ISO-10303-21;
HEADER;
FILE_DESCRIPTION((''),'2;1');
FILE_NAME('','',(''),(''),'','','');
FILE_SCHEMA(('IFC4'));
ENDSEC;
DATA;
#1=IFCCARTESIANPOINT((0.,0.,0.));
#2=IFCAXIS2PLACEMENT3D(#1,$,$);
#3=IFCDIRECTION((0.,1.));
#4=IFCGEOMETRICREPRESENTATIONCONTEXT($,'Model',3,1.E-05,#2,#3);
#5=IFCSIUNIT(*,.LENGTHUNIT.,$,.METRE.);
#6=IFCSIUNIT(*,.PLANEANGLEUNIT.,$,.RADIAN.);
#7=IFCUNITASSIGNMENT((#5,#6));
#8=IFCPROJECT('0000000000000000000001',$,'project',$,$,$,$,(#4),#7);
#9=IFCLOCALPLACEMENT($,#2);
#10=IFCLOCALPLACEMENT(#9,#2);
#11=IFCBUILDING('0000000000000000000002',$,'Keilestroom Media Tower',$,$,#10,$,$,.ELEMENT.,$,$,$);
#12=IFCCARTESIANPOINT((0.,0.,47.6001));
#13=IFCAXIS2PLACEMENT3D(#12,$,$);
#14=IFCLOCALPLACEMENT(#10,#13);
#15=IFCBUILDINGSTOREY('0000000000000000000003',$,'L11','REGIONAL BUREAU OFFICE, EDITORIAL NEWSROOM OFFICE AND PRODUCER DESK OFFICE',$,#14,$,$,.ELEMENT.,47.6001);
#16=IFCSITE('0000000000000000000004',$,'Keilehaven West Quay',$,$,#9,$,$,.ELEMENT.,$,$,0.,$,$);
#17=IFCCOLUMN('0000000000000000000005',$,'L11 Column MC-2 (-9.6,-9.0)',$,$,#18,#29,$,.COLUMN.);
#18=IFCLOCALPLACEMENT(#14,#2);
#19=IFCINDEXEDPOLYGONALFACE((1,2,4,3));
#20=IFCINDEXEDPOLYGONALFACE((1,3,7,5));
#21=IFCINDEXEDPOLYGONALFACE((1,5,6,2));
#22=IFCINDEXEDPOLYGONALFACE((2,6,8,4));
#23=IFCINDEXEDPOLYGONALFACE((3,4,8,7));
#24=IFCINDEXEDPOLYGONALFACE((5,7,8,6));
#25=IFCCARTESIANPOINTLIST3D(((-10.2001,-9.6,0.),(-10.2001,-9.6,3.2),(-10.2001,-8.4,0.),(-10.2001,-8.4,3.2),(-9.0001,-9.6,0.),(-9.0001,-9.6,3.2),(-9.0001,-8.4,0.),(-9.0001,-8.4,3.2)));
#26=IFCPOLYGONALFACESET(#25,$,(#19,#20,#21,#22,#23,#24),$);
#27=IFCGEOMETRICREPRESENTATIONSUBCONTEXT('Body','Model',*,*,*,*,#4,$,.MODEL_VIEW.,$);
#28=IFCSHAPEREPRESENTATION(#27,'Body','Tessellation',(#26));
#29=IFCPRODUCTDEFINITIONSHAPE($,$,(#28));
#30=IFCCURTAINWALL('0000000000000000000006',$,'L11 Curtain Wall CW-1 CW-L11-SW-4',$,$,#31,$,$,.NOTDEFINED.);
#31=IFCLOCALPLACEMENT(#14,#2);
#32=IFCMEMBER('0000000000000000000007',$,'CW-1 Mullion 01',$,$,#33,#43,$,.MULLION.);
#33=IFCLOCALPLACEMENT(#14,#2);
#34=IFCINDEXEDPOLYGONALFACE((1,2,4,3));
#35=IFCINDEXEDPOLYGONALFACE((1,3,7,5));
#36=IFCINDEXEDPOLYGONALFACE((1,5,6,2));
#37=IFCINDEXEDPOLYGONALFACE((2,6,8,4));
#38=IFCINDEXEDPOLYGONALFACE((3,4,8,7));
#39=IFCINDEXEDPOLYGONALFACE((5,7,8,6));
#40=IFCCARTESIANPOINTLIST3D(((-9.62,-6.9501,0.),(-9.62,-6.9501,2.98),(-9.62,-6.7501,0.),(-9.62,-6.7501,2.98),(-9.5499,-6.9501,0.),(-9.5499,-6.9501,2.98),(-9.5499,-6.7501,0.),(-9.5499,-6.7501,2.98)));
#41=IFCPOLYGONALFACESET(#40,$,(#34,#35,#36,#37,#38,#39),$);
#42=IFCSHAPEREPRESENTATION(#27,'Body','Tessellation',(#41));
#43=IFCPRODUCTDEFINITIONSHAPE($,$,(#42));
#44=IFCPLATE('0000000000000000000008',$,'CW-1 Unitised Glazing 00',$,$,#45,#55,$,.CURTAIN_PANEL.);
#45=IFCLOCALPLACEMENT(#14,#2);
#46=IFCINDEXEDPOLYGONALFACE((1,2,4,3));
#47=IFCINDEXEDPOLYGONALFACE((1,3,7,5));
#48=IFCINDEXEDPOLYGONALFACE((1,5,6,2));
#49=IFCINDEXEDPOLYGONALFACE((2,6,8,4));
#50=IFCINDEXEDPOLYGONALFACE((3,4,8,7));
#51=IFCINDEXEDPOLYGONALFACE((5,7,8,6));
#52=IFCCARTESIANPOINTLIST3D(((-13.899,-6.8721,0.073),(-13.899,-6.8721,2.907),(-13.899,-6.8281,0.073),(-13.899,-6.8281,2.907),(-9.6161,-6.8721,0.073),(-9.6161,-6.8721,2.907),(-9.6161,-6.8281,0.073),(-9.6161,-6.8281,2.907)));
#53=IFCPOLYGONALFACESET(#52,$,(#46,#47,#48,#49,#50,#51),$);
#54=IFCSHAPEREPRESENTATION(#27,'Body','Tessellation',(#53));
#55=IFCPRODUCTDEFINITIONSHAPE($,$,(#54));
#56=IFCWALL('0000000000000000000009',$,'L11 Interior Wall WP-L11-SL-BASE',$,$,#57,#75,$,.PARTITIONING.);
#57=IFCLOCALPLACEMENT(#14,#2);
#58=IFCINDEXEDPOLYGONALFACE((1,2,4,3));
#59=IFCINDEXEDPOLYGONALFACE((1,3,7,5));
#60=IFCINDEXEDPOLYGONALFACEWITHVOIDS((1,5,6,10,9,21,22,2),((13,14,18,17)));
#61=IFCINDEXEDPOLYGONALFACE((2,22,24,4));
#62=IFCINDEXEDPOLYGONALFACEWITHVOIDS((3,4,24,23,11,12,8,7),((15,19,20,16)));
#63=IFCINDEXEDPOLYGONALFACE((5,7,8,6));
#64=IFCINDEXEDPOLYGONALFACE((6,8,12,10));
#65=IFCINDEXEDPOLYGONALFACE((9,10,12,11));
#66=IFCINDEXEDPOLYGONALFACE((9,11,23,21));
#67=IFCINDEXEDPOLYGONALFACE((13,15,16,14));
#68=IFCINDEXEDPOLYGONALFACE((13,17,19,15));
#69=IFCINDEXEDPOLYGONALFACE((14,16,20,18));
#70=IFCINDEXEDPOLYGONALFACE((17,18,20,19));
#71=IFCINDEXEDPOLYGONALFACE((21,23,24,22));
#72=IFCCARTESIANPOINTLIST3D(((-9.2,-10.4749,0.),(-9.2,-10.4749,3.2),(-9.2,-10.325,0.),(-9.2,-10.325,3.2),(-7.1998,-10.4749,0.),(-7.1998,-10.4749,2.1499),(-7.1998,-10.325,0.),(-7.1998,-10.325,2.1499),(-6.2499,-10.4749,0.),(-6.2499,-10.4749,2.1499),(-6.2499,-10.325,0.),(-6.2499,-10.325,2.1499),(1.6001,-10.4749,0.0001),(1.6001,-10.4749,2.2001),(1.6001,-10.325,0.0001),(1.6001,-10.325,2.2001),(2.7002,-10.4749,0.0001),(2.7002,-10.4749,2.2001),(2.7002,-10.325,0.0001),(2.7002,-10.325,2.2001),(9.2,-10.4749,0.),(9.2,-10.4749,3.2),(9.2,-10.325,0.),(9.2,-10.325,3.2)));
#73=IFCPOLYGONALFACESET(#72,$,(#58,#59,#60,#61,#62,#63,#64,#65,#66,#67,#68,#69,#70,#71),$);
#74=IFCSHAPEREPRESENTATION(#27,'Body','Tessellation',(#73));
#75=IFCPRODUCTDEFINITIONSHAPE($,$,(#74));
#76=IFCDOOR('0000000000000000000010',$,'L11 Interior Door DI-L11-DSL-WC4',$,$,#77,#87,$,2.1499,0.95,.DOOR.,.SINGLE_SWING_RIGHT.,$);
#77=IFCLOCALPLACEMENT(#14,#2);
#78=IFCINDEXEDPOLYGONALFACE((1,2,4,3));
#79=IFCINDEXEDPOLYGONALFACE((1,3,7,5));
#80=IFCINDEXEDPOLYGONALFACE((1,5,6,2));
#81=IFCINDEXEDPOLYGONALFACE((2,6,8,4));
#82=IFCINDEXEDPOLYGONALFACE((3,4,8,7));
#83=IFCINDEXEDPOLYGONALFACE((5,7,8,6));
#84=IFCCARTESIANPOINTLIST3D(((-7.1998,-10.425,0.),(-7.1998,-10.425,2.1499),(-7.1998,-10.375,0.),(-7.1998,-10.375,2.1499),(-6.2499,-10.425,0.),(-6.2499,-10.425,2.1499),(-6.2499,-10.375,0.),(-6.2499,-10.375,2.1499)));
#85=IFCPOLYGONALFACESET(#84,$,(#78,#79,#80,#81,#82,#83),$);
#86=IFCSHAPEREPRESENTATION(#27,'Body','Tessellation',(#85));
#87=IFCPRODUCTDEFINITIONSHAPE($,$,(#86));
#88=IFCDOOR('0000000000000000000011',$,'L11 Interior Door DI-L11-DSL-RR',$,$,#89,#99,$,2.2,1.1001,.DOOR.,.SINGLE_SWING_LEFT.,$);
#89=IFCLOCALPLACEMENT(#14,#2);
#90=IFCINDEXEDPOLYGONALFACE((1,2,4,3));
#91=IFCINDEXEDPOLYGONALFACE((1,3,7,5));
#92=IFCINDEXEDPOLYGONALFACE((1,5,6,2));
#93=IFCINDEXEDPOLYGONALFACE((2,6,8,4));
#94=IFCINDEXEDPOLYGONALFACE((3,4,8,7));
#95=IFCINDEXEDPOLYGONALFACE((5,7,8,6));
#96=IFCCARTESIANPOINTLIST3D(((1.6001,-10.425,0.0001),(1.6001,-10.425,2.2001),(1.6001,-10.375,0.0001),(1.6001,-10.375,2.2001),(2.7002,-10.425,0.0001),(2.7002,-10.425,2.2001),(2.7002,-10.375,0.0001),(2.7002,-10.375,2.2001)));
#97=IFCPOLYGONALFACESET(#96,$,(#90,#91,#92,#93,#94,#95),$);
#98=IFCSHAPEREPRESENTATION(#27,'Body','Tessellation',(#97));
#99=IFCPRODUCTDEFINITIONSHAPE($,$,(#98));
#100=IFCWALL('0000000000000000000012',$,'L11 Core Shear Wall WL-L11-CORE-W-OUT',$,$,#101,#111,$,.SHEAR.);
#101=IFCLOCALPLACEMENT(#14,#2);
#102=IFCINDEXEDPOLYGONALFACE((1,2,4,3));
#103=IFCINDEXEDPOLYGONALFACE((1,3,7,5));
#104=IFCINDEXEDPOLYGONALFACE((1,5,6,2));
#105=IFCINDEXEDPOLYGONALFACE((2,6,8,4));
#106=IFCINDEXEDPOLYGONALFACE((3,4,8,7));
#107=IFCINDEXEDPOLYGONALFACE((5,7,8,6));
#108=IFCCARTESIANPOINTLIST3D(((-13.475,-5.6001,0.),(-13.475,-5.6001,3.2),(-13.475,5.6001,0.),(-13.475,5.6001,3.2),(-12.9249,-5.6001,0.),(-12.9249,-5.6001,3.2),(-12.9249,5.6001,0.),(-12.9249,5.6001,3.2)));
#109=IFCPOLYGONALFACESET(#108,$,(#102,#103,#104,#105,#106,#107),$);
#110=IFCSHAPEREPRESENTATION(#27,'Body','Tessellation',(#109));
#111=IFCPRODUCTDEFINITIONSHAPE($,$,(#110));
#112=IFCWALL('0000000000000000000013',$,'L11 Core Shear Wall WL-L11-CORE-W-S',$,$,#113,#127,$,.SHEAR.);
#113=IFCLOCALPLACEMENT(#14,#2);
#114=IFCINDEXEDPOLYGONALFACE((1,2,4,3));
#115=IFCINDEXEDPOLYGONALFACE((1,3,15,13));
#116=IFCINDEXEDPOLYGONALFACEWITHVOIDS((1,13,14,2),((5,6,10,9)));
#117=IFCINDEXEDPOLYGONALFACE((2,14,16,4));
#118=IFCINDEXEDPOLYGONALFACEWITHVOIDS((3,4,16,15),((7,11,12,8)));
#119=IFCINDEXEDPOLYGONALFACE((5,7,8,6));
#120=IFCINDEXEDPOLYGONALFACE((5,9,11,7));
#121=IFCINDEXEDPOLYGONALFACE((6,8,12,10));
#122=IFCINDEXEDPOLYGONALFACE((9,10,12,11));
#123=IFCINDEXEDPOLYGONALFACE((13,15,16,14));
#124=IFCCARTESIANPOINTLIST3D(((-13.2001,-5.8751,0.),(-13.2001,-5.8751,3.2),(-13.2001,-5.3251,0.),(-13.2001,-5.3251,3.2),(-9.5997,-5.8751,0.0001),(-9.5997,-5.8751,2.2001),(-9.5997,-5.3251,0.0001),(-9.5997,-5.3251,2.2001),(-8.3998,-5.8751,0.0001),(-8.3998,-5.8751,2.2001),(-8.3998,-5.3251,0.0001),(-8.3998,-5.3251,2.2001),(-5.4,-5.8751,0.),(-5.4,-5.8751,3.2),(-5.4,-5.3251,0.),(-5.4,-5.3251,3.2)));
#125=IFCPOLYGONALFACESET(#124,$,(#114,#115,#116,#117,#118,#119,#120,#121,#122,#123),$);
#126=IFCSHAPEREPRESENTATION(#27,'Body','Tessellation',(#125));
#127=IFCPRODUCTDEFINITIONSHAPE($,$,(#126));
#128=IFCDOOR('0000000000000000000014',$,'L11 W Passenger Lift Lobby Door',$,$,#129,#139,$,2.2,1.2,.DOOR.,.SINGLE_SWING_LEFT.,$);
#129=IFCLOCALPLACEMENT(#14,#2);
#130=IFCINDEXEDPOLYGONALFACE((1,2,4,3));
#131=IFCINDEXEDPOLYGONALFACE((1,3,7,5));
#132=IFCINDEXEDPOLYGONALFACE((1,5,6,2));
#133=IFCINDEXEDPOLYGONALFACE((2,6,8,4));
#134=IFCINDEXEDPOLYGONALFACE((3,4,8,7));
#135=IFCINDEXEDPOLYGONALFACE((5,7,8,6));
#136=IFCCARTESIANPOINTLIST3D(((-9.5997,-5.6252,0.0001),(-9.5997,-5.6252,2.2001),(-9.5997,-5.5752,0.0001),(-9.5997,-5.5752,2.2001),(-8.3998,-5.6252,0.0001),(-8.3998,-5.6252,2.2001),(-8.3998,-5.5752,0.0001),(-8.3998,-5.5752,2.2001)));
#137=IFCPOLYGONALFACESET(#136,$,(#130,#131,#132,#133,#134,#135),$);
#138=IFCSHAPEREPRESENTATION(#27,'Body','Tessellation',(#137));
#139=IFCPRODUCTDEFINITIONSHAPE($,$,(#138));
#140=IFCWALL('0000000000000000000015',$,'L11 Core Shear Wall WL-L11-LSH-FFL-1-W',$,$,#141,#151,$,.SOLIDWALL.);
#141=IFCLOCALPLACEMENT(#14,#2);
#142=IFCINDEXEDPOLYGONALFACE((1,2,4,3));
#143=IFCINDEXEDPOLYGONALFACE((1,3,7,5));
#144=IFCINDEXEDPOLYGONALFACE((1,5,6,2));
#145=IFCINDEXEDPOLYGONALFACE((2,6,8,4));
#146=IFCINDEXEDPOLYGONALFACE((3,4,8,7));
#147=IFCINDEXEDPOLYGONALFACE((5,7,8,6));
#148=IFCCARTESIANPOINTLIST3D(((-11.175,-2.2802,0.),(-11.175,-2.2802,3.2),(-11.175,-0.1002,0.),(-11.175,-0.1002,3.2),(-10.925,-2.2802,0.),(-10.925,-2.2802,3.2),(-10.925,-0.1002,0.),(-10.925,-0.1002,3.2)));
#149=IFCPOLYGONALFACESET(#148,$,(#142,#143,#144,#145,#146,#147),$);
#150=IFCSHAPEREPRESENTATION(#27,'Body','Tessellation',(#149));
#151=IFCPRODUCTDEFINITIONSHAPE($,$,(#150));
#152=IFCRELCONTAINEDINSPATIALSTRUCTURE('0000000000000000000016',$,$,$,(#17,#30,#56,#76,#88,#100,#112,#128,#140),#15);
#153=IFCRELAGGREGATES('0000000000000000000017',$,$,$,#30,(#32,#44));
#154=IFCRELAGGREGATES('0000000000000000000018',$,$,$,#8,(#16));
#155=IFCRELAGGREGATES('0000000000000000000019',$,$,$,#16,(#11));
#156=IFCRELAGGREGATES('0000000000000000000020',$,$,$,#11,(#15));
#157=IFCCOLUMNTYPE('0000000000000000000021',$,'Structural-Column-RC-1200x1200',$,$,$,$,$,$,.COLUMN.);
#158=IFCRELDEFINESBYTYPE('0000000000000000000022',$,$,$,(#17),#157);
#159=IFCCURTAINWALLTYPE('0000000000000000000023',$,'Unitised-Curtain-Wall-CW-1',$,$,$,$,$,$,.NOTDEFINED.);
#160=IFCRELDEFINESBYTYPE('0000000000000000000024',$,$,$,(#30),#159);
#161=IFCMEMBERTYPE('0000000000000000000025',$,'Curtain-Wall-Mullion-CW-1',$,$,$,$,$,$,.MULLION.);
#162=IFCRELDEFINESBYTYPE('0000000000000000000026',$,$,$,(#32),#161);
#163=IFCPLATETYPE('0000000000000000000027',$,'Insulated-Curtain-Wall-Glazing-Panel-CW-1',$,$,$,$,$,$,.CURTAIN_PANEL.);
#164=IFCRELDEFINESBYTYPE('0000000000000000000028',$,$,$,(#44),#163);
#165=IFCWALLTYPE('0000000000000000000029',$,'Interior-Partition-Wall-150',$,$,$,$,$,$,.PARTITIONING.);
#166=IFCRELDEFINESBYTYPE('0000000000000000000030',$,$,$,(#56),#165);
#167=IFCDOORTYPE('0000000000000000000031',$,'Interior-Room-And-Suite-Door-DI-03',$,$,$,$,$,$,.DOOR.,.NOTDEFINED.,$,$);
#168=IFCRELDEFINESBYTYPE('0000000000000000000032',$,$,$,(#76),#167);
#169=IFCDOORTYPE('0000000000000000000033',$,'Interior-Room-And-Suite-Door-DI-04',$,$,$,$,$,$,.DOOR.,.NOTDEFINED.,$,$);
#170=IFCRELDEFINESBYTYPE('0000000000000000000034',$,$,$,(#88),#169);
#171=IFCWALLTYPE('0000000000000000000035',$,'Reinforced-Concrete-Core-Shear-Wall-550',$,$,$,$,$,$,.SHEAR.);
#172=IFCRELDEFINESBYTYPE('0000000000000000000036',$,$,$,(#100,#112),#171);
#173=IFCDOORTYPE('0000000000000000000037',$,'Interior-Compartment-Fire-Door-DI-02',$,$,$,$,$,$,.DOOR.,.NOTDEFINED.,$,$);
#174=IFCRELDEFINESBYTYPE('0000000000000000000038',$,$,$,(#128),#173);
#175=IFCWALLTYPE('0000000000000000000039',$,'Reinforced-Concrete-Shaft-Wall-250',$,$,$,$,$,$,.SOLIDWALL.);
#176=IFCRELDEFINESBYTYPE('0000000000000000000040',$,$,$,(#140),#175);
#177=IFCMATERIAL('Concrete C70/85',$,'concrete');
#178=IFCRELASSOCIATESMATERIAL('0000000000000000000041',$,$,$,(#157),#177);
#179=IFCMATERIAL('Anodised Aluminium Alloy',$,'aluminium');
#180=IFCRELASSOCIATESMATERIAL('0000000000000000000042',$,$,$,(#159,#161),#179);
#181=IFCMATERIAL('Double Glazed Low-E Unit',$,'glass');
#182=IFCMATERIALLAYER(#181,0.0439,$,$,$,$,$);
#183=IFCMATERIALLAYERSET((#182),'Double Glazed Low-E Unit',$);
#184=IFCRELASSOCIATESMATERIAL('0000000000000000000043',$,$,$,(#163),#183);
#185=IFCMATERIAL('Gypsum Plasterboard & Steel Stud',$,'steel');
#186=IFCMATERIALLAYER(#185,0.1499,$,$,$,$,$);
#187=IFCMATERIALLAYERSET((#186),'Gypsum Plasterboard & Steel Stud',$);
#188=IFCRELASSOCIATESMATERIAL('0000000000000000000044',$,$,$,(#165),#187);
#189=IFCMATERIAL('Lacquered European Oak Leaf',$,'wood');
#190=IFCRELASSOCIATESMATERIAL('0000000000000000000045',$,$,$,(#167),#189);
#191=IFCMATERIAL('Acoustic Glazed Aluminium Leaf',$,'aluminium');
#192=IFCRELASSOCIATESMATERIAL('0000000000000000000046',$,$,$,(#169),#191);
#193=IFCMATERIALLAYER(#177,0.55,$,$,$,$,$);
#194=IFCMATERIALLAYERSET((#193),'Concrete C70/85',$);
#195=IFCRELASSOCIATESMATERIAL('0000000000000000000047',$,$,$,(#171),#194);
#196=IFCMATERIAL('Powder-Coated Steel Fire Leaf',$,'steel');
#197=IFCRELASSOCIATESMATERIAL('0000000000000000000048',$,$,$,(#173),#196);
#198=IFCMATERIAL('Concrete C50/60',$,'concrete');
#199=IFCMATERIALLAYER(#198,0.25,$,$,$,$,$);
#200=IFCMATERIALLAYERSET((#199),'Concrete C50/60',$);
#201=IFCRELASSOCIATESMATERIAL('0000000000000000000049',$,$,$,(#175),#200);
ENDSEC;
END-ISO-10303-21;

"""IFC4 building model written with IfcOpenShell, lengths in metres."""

from ifc_helpers import new_model, si_unit, direction, frame, frame_2d, origin, origin_2d, place, context, subcontext, project, spatial, rectangle, extrude, source, transform, mapped, material, layer, layer_set, material_profile, profile_set, type_object, element, fill, aggregate, save


model = new_model("IFC4")

# Units and contexts
model_context = context("Model", 3, precision=1e-05, world=origin(), true_north=direction((0.0, 1.0)))
body_context = subcontext(model_context, "Body", "Model", "MODEL_VIEW")
ifc_project = project(units=[si_unit("LENGTHUNIT", "METRE"), si_unit("PLANEANGLEUNIT", "RADIAN")], contexts=[model_context])

# Site, building, storey
site_placement = place(None, origin())
site = spatial("IfcSite", under=ifc_project, at=site_placement, Name="Keilehaven West Quay", CompositionType="ELEMENT", RefElevation=0.0)
building_placement = place(site_placement, origin())
building = spatial("IfcBuilding", under=site, at=building_placement, Name="Keilestroom Media Tower", CompositionType="ELEMENT")
storey_placement = place(building_placement, frame((0.0, 0.0, 47.6001)))
storey = spatial("IfcBuildingStorey", under=building, at=storey_placement, Name="L11", Description="REGIONAL BUREAU OFFICE, EDITORIAL NEWSROOM OFFICE AND PRODUCER DESK OFFICE", CompositionType="ELEMENT", Elevation=47.6001)

# Column
ifc_material_1 = material(Name="Concrete C70/85", Category="concrete")
ifc_material_profile_1 = material_profile(ifc_material_1, rectangle(XDim=1.2, YDim=1.2, at=origin_2d()), Name="RC 1200x1200")
ifc_profile_set_1 = profile_set([ifc_material_profile_1], Name="Concrete C70/85")
column_type = type_object("IfcColumnType", Name="Structural-Column-RC-1200x1200", PredefinedType="COLUMN", material=ifc_profile_set_1)
shared_shape_1 = source(origin(), body_context, "Body", "SweptSolid", [
    extrude(rectangle(XDim=1.2, YDim=1.2, at=origin_2d()), origin(), (0.0, 0.0, 1.0), 3.2),
])
column_placement = place(storey_placement, frame((-9.6001, -9.0, 0.0), z_axis=(0.0, 0.0, 1.0), x_axis=(1.0, 0.0, 0.0)))
element("IfcColumn", 1, at=column_placement, inside=storey, type_object=column_type, Name="L11 Column MC-2 (-9.6,-9.0)", PredefinedType="COLUMN", context=body_context, shape_type="MappedRepresentation", body=[
    mapped(shared_shape_1, transform((0.0, 0.0, 0.0), x_axis=(1.0, 0.0, 0.0), y_axis=(0.0, 1.0, 0.0), z_axis=(0.0, 0.0, 1.0), scale=1.0)),
])

# Curtain wall, member, plate
ifc_material_2 = material(Name="Anodised Aluminium Alloy", Category="aluminium")
curtain_wall_type = type_object("IfcCurtainWallType", Name="Unitised-Curtain-Wall-CW-1", PredefinedType="NOTDEFINED", material=ifc_material_2)
curtain_wall_placement = place(storey_placement, origin())
curtain_wall = element("IfcCurtainWall", 2, at=curtain_wall_placement, inside=storey, type_object=curtain_wall_type, Name="L11 Curtain Wall CW-1 CW-L11-SW-4", PredefinedType="NOTDEFINED")
ifc_material_profile_2 = material_profile(ifc_material_2, rectangle(XDim=0.0701, YDim=0.2, at=origin_2d()), Name="ALU MULLION 70x200")
ifc_profile_set_2 = profile_set([ifc_material_profile_2], Name="Anodised Aluminium Alloy")
member_type = type_object("IfcMemberType", Name="Curtain-Wall-Mullion-CW-1", PredefinedType="MULLION", material=ifc_profile_set_2)
shared_shape_2 = source(origin(), body_context, "Body", "SweptSolid", [
    extrude(rectangle(XDim=0.0701, YDim=0.2, at=origin_2d()), origin(), (0.0, 0.0, 1.0), 2.98),
])
member_placement = place(storey_placement, frame((-9.585, -6.8501, 0.0), z_axis=(0.0, 0.0, 1.0), x_axis=(1.0, 0.0, 0.0)))
member = element("IfcMember", 3, at=member_placement, type_object=member_type, Name="CW-1 Mullion 01", PredefinedType="MULLION", context=body_context, shape_type="MappedRepresentation", body=[
    mapped(shared_shape_2, transform((0.0, 0.0, 0.0), x_axis=(1.0, 0.0, 0.0), y_axis=(0.0, 1.0, 0.0), z_axis=(0.0, 0.0, 1.0), scale=1.0)),
])
ifc_material_3 = material(Name="Double Glazed Low-E Unit", Category="glass")
ifc_layer_1 = layer(ifc_material_3, 0.0439)
ifc_layer_set_1 = layer_set([ifc_layer_1], Name="Double Glazed Low-E Unit")
plate_type = type_object("IfcPlateType", Name="Insulated-Curtain-Wall-Glazing-Panel-CW-1", PredefinedType="CURTAIN_PANEL", material=ifc_layer_set_1)
shared_shape_3 = source(origin(), body_context, "Body", "SweptSolid", [
    extrude(rectangle(XDim=4.283, YDim=0.0439, at=origin_2d()), origin(), (0.0, 0.0, 1.0), 2.834),
])
plate_placement = place(storey_placement, frame((-11.7576, -6.8501, 0.073), z_axis=(0.0, 0.0, 1.0), x_axis=(1.0, 0.0, 0.0)))
plate = element("IfcPlate", 4, at=plate_placement, type_object=plate_type, Name="CW-1 Unitised Glazing 00", PredefinedType="CURTAIN_PANEL", context=body_context, shape_type="MappedRepresentation", body=[
    mapped(shared_shape_3, transform((0.0, 0.0, 0.0), x_axis=(1.0, 0.0, 0.0), y_axis=(0.0, 1.0, 0.0), z_axis=(0.0, 0.0, 1.0), scale=1.0)),
])
aggregate(curtain_wall, [member, plate])

# Wall, openings, doors
ifc_material_4 = material(Name="Gypsum Plasterboard & Steel Stud", Category="steel")
ifc_layer_2 = layer(ifc_material_4, 0.1499)
ifc_layer_set_2 = layer_set([ifc_layer_2], Name="Gypsum Plasterboard & Steel Stud")
wall_type_1 = type_object("IfcWallType", Name="Interior-Partition-Wall-150", PredefinedType="PARTITIONING", material=ifc_layer_set_2)
wall_1_placement = place(storey_placement, frame((-9.2, -10.3999, 0.0), z_axis=(0.0, 0.0, 1.0), x_axis=(1.0, 0.0, 0.0)))
wall_1 = element("IfcWall", 5, at=wall_1_placement, inside=storey, type_object=wall_type_1, Name="L11 Interior Wall WP-L11-SL-BASE", PredefinedType="PARTITIONING", context=body_context, shape_type="SweptSolid", body=[
    extrude(rectangle(XDim=18.3999, YDim=0.1499, at=frame_2d((9.2, 0.0))), origin(), (0.0, 0.0, 1.0), 3.2),
])
opening_1_placement = place(wall_1_placement, frame((2.0, 0.0, 0.0)))
opening_1 = element("IfcOpeningElement", 6, at=opening_1_placement, cuts=wall_1, PredefinedType="OPENING", context=body_context, shape_type="SweptSolid", body=[
    extrude(rectangle(XDim=0.95, YDim=2.1499, at=frame_2d((0.4751, 1.075))), frame((0.0, 0.085, 0.0), z_axis=(0.0, -1.0, 0.0), x_axis=(1.0, 0.0, 0.0)), (0.0, 0.0, 1.0), 0.1699),
])
opening_2_placement = place(wall_1_placement, frame((10.8, 0.0, 0.0)))
opening_2 = element("IfcOpeningElement", 7, at=opening_2_placement, cuts=wall_1, PredefinedType="OPENING", context=body_context, shape_type="SweptSolid", body=[
    extrude(rectangle(XDim=1.1001, YDim=2.2, at=frame_2d((0.55, 1.1001))), frame((0.0, 0.085, 0.0), z_axis=(0.0, -1.0, 0.0), x_axis=(1.0, 0.0, 0.0)), (0.0, 0.0, 1.0), 0.1699),
])
ifc_material_5 = material(Name="Lacquered European Oak Leaf", Category="wood")
door_type_1 = type_object("IfcDoorType", Name="Interior-Room-And-Suite-Door-DI-03", OperationType="NOTDEFINED", PredefinedType="DOOR", material=ifc_material_5)
shared_shape_4 = source(origin(), body_context, "Body", "SweptSolid", [
    extrude(rectangle(XDim=0.95, YDim=2.1499, at=frame_2d((0.4751, 1.075))), frame((0.0, 0.0249, 0.0), z_axis=(0.0, -1.0, 0.0), x_axis=(1.0, 0.0, 0.0)), (0.0, 0.0, 1.0), 0.05),
])
door_1_placement = place(opening_1_placement, origin())
door_1 = element("IfcDoor", 8, at=door_1_placement, inside=storey, type_object=door_type_1, Name="L11 Interior Door DI-L11-DSL-WC4", OperationType="SINGLE_SWING_RIGHT", OverallHeight=2.1499, OverallWidth=0.95, PredefinedType="DOOR", context=body_context, shape_type="MappedRepresentation", body=[
    mapped(shared_shape_4, transform((0.0, 0.0, 0.0), x_axis=(1.0, 0.0, 0.0), y_axis=(0.0, 1.0, 0.0), z_axis=(0.0, 0.0, 1.0), scale=1.0)),
])
fill(opening_1, door_1)
ifc_material_6 = material(Name="Acoustic Glazed Aluminium Leaf", Category="aluminium")
door_type_2 = type_object("IfcDoorType", Name="Interior-Room-And-Suite-Door-DI-04", OperationType="NOTDEFINED", PredefinedType="DOOR", material=ifc_material_6)
shared_shape_5 = source(origin(), body_context, "Body", "SweptSolid", [
    extrude(rectangle(XDim=1.1001, YDim=2.2, at=frame_2d((0.55, 1.1001))), frame((0.0, 0.0249, 0.0), z_axis=(0.0, -1.0, 0.0), x_axis=(1.0, 0.0, 0.0)), (0.0, 0.0, 1.0), 0.05),
])
door_2_placement = place(opening_2_placement, origin())
door_2 = element("IfcDoor", 9, at=door_2_placement, inside=storey, type_object=door_type_2, Name="L11 Interior Door DI-L11-DSL-RR", OperationType="SINGLE_SWING_LEFT", OverallHeight=2.2, OverallWidth=1.1001, PredefinedType="DOOR", context=body_context, shape_type="MappedRepresentation", body=[
    mapped(shared_shape_5, transform((0.0, 0.0, 0.0), x_axis=(1.0, 0.0, 0.0), y_axis=(0.0, 1.0, 0.0), z_axis=(0.0, 0.0, 1.0), scale=1.0)),
])
fill(opening_2, door_2)

# Wall
ifc_layer_3 = layer(ifc_material_1, 0.55)
ifc_layer_set_3 = layer_set([ifc_layer_3], Name="Concrete C70/85")
wall_type_2 = type_object("IfcWallType", Name="Reinforced-Concrete-Core-Shear-Wall-550", PredefinedType="SHEAR", material=ifc_layer_set_3)
wall_2_placement = place(storey_placement, frame((-13.2, -5.6001, 0.0), z_axis=(0.0, 0.0, 1.0), x_axis=(0.0, 1.0, 0.0)))
element("IfcWall", 10, at=wall_2_placement, inside=storey, type_object=wall_type_2, Name="L11 Core Shear Wall WL-L11-CORE-W-OUT", PredefinedType="SHEAR", context=body_context, shape_type="SweptSolid", body=[
    extrude(rectangle(XDim=11.2002, YDim=0.55, at=frame_2d((5.6001, 0.0))), origin(), (0.0, 0.0, 1.0), 3.2),
])

# Wall, opening, door
wall_3_placement = place(storey_placement, frame((-13.2, -5.6001, 0.0), z_axis=(0.0, 0.0, 1.0), x_axis=(1.0, 0.0, 0.0)))
wall_3 = element("IfcWall", 11, at=wall_3_placement, inside=storey, type_object=wall_type_2, Name="L11 Core Shear Wall WL-L11-CORE-W-S", PredefinedType="SHEAR", context=body_context, shape_type="SweptSolid", body=[
    extrude(rectangle(XDim=7.8, YDim=0.55, at=frame_2d((3.8999, 0.0))), origin(), (0.0, 0.0, 1.0), 3.2),
])
opening_3_placement = place(wall_3_placement, frame((3.6001, 0.0, 0.0)))
opening_3 = element("IfcOpeningElement", 12, at=opening_3_placement, cuts=wall_3, PredefinedType="OPENING", context=body_context, shape_type="SweptSolid", body=[
    extrude(rectangle(XDim=1.2, YDim=2.2, at=frame_2d((0.6001, 1.1001))), frame((0.0, 0.2852, 0.0), z_axis=(0.0, -1.0, 0.0), x_axis=(1.0, 0.0, 0.0)), (0.0, 0.0, 1.0), 0.5701),
])
ifc_material_7 = material(Name="Powder-Coated Steel Fire Leaf", Category="steel")
door_type_3 = type_object("IfcDoorType", Name="Interior-Compartment-Fire-Door-DI-02", OperationType="NOTDEFINED", PredefinedType="DOOR", material=ifc_material_7)
shared_shape_6 = source(origin(), body_context, "Body", "SweptSolid", [
    extrude(rectangle(XDim=1.2, YDim=2.2, at=frame_2d((0.6001, 1.1001))), frame((0.0, 0.0249, 0.0), z_axis=(0.0, -1.0, 0.0), x_axis=(1.0, 0.0, 0.0)), (0.0, 0.0, 1.0), 0.05),
])
door_3_placement = place(opening_3_placement, origin())
door_3 = element("IfcDoor", 13, at=door_3_placement, inside=storey, type_object=door_type_3, Name="L11 W Passenger Lift Lobby Door", OperationType="SINGLE_SWING_LEFT", OverallHeight=2.2, OverallWidth=1.2, PredefinedType="DOOR", context=body_context, shape_type="MappedRepresentation", body=[
    mapped(shared_shape_6, transform((0.0, 0.0, 0.0), x_axis=(1.0, 0.0, 0.0), y_axis=(0.0, 1.0, 0.0), z_axis=(0.0, 0.0, 1.0), scale=1.0)),
])
fill(opening_3, door_3)

# Wall
ifc_material_8 = material(Name="Concrete C50/60", Category="concrete")
ifc_layer_4 = layer(ifc_material_8, 0.25)
ifc_layer_set_4 = layer_set([ifc_layer_4], Name="Concrete C50/60")
wall_type_3 = type_object("IfcWallType", Name="Reinforced-Concrete-Shaft-Wall-250", PredefinedType="SOLIDWALL", material=ifc_layer_set_4)
wall_4_placement = place(storey_placement, frame((-11.05, -2.28, 0.0), z_axis=(0.0, 0.0, 1.0), x_axis=(0.0, 1.0, 0.0)))
element("IfcWall", 14, at=wall_4_placement, inside=storey, type_object=wall_type_3, Name="L11 Core Shear Wall WL-L11-LSH-FFL-1-W", PredefinedType="SOLIDWALL", context=body_context, shape_type="SweptSolid", body=[
    extrude(rectangle(XDim=2.1799, YDim=0.25, at=frame_2d((1.0898, 0.0))), origin(), (0.0, 0.0, 1.0), 3.2),
])

save(model, "model.ifc")
